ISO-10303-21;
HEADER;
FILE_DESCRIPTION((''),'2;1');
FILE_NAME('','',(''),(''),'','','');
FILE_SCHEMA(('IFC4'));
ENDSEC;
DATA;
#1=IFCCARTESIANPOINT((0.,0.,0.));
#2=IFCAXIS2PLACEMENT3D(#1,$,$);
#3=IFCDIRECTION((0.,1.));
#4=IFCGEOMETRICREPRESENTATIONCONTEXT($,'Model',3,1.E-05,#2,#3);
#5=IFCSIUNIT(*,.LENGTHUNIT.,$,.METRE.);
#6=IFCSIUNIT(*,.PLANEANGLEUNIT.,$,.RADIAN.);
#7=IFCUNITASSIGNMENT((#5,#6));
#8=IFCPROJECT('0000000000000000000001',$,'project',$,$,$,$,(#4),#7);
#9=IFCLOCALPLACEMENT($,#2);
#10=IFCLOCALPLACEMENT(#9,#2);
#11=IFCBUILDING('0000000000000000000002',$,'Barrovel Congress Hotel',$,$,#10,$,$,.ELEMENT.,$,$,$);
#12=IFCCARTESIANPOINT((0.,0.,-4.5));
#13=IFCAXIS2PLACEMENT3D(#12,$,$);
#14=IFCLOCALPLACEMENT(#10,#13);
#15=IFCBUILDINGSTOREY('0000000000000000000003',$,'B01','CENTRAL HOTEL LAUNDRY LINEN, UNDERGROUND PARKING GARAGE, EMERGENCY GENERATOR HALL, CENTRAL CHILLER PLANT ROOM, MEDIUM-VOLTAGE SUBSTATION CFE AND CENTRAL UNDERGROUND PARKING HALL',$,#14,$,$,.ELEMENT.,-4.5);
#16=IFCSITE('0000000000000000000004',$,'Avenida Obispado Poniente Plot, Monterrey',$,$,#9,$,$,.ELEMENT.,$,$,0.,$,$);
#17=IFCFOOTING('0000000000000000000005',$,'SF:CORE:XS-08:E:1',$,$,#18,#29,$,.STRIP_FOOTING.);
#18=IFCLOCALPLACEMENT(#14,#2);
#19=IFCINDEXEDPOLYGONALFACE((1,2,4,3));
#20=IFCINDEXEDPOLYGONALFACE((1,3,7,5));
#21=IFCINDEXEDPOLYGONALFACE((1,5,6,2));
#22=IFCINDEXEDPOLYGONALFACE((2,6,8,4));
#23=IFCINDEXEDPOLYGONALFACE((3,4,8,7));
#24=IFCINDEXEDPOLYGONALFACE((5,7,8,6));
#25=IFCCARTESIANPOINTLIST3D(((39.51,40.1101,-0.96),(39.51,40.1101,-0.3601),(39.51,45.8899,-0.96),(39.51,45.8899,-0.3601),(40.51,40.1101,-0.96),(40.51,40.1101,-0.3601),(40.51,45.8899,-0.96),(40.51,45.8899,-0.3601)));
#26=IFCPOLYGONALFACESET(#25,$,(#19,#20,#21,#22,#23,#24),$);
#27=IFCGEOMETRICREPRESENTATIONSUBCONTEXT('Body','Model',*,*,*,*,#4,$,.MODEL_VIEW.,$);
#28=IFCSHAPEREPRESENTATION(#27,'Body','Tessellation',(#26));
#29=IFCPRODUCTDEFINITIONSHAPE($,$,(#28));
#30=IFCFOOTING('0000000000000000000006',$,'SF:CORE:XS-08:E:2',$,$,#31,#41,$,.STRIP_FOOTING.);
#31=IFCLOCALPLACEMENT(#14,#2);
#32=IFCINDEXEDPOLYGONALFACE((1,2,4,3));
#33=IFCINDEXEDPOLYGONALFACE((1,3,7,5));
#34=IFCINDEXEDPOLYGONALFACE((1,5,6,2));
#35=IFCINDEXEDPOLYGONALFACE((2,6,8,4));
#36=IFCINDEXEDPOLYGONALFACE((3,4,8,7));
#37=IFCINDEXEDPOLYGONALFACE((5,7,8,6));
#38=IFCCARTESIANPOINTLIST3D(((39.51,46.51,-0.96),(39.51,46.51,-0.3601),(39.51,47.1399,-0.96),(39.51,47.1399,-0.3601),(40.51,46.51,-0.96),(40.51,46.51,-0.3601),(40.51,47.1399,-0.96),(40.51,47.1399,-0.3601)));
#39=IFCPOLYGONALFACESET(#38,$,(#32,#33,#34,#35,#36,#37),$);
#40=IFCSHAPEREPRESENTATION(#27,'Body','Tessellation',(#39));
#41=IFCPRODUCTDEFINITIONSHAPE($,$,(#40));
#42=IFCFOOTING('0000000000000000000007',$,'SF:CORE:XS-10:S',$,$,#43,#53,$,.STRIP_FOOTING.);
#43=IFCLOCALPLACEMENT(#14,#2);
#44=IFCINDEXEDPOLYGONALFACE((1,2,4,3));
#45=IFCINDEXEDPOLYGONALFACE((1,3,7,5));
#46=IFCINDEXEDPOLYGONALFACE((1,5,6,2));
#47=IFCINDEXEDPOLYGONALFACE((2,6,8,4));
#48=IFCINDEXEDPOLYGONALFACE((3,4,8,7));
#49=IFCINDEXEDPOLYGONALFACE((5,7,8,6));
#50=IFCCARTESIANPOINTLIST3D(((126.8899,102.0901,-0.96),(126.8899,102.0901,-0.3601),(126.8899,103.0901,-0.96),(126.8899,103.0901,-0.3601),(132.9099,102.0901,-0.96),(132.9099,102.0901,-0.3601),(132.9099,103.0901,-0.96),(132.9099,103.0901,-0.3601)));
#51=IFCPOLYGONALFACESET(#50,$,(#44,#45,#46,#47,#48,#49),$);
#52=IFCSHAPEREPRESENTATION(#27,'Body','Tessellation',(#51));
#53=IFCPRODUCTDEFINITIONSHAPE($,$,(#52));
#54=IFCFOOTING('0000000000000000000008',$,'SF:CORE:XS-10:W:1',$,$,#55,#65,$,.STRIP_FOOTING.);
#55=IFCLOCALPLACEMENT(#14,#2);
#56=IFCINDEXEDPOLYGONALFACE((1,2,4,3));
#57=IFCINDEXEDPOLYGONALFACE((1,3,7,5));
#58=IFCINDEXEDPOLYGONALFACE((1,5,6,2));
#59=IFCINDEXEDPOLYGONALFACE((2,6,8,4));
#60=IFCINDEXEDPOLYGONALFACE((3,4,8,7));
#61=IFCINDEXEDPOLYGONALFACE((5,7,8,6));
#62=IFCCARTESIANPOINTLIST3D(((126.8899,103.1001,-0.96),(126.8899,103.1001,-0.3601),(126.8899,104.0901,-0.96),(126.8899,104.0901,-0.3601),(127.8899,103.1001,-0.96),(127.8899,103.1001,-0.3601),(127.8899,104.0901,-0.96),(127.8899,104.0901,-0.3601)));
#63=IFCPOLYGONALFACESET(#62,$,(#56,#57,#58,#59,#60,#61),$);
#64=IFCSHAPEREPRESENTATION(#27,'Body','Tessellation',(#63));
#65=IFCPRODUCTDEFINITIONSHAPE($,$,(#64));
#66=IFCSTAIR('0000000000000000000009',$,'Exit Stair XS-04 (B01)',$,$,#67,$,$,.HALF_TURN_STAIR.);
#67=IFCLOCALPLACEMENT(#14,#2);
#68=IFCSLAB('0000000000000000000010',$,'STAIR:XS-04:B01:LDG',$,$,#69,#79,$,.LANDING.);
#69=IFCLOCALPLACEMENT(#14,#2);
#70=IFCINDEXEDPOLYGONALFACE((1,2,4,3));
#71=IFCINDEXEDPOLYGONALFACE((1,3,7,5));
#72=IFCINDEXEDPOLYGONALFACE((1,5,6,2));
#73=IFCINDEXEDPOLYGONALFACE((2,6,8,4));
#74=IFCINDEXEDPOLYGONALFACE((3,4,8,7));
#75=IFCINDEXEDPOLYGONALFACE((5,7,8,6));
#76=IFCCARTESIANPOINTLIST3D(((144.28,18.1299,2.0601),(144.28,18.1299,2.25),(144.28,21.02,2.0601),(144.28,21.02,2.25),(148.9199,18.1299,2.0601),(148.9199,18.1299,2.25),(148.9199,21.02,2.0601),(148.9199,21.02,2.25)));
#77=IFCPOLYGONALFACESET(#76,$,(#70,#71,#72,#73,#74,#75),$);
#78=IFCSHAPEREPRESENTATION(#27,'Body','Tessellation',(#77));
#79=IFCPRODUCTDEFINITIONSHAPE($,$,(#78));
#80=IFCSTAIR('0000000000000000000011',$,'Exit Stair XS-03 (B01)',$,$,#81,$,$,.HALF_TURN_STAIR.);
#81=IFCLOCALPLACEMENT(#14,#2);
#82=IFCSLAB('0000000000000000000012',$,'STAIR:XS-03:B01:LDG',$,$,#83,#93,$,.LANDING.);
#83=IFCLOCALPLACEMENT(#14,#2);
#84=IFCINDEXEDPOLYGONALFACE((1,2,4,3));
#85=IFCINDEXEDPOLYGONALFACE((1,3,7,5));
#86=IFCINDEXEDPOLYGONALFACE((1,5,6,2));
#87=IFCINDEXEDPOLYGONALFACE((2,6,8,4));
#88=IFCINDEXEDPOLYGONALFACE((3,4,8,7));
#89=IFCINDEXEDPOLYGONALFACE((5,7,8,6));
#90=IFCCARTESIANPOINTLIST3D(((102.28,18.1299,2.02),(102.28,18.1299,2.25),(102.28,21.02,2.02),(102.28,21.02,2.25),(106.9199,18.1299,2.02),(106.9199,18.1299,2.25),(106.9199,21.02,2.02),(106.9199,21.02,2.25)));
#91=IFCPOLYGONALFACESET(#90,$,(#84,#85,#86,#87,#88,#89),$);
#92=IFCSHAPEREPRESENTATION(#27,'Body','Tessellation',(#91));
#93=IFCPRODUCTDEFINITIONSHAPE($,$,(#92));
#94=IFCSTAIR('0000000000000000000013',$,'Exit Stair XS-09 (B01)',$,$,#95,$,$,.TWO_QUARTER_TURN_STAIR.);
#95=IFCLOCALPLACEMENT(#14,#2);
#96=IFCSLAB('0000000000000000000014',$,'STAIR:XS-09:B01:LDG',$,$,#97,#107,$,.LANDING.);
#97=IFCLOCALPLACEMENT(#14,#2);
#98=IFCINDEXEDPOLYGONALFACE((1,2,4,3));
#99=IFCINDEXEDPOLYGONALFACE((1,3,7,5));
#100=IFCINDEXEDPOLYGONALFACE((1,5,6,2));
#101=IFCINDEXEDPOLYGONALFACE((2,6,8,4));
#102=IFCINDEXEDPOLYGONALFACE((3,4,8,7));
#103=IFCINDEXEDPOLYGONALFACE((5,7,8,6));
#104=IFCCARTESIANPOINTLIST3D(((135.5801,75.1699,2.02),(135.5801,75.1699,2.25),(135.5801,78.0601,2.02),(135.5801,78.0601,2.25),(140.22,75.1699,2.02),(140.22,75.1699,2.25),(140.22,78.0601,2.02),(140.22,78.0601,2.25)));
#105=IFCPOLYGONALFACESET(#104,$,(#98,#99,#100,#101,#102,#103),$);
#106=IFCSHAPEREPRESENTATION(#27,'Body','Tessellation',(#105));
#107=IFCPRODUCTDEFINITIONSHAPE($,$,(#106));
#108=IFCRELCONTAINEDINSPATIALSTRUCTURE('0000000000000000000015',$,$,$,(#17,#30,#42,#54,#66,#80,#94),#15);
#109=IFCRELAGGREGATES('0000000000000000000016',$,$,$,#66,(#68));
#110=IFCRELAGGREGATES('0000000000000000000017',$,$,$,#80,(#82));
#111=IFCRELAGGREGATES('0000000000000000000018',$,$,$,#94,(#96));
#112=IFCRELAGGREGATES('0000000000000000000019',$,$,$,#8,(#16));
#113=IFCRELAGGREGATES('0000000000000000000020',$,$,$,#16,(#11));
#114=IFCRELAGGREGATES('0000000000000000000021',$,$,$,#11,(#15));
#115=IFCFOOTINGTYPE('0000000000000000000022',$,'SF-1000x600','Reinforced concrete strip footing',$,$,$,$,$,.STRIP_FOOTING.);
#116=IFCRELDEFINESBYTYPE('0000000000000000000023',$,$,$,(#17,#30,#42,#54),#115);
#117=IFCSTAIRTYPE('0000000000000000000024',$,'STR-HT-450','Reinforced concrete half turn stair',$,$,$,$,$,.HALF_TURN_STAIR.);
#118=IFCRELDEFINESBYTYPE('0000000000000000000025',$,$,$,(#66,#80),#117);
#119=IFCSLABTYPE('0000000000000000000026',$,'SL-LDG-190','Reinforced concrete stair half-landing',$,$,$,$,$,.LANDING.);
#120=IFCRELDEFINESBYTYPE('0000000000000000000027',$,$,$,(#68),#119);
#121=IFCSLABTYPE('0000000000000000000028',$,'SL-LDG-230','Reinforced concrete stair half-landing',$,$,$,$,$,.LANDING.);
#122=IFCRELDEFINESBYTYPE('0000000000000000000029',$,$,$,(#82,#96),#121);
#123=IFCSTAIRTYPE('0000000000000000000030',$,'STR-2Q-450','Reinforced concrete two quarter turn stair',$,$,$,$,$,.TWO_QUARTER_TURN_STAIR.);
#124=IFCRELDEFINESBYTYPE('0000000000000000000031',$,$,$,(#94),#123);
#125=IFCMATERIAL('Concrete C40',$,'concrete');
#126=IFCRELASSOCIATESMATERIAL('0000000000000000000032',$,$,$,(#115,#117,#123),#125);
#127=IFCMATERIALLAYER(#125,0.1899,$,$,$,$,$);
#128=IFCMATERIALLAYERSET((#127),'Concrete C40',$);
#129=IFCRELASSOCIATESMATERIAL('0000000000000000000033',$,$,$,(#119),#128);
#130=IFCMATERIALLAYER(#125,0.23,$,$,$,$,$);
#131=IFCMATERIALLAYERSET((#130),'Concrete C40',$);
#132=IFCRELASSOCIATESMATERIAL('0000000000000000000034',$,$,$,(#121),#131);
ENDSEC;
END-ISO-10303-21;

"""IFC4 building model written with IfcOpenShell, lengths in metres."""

from ifc_helpers import new_model, si_unit, direction, frame, origin, place, context, subcontext, project, spatial, polyline, outline, extrude, material, layer, layer_set, type_object, element, aggregate, save


model = new_model("IFC4")

# Units and contexts
model_context = context("Model", 3, precision=1e-05, world=origin(), true_north=direction((0.0, 1.0)))
body_context = subcontext(model_context, "Body", "Model", "MODEL_VIEW")
ifc_project = project(units=[si_unit("LENGTHUNIT", "METRE"), si_unit("PLANEANGLEUNIT", "RADIAN")], contexts=[model_context])

# Site, building, storey
site_placement = place(None, origin())
site = spatial("IfcSite", under=ifc_project, at=site_placement, Name="Avenida Obispado Poniente Plot, Monterrey", CompositionType="ELEMENT", RefElevation=0.0)
building_placement = place(site_placement, origin())
building = spatial("IfcBuilding", under=site, at=building_placement, Name="Barrovel Congress Hotel", CompositionType="ELEMENT")
storey_placement = place(building_placement, frame((0.0, 0.0, -4.5)))
storey = spatial("IfcBuildingStorey", under=building, at=storey_placement, Name="B01", Description="CENTRAL HOTEL LAUNDRY LINEN, UNDERGROUND PARKING GARAGE, EMERGENCY GENERATOR HALL, CENTRAL CHILLER PLANT ROOM, MEDIUM-VOLTAGE SUBSTATION CFE AND CENTRAL UNDERGROUND PARKING HALL", CompositionType="ELEMENT", Elevation=-4.5)

# Footings
ifc_material = material(Name="Concrete C40", Category="concrete")
footing_type = type_object("IfcFootingType", Name="SF-1000x600", Description="Reinforced concrete strip footing", PredefinedType="STRIP_FOOTING", material=ifc_material)
footing_1_placement = place(storey_placement, frame((0.0, 0.0, -0.96)))
element("IfcFooting", 1, at=footing_1_placement, inside=storey, type_object=footing_type, Name="SF:CORE:XS-08:E:1", PredefinedType="STRIP_FOOTING", context=body_context, shape_type="SweptSolid", body=[
    extrude(outline(polyline([(39.51, 40.1101), (40.51, 40.1101), (40.51, 45.8899), (39.51, 45.8899), (39.51, 40.1101)])), origin(), (0.0, 0.0, 1.0), 0.5999),
])
footing_2_placement = place(storey_placement, frame((0.0, 0.0, -0.96)))
element("IfcFooting", 2, at=footing_2_placement, inside=storey, type_object=footing_type, Name="SF:CORE:XS-08:E:2", PredefinedType="STRIP_FOOTING", context=body_context, shape_type="SweptSolid", body=[
    extrude(outline(polyline([(39.51, 46.51), (40.51, 46.51), (40.51, 47.1399), (39.51, 47.1399), (39.51, 46.51)])), origin(), (0.0, 0.0, 1.0), 0.5999),
])
footing_3_placement = place(storey_placement, frame((0.0, 0.0, -0.96)))
element("IfcFooting", 3, at=footing_3_placement, inside=storey, type_object=footing_type, Name="SF:CORE:XS-10:S", PredefinedType="STRIP_FOOTING", context=body_context, shape_type="SweptSolid", body=[
    extrude(outline(polyline([(126.8899, 102.0901), (132.9099, 102.0901), (132.9099, 103.0901), (126.8899, 103.0901), (126.8899, 102.0901)])), origin(), (0.0, 0.0, 1.0), 0.5999),
])
footing_4_placement = place(storey_placement, frame((0.0, 0.0, -0.96)))
element("IfcFooting", 4, at=footing_4_placement, inside=storey, type_object=footing_type, Name="SF:CORE:XS-10:W:1", PredefinedType="STRIP_FOOTING", context=body_context, shape_type="SweptSolid", body=[
    extrude(outline(polyline([(126.8899, 103.1001), (127.8899, 103.1001), (127.8899, 104.0901), (126.8899, 104.0901), (126.8899, 103.1001)])), origin(), (0.0, 0.0, 1.0), 0.5999),
])

# Stairs, slabs
stair_type_1 = type_object("IfcStairType", Name="STR-HT-450", Description="Reinforced concrete half turn stair", PredefinedType="HALF_TURN_STAIR", material=ifc_material)
stair_1_placement = place(storey_placement, origin())
stair_1 = element("IfcStair", 5, at=stair_1_placement, inside=storey, type_object=stair_type_1, Name="Exit Stair XS-04 (B01)", PredefinedType="HALF_TURN_STAIR")
ifc_layer_1 = layer(ifc_material, 0.1899)
ifc_layer_set_1 = layer_set([ifc_layer_1], Name="Concrete C40")
slab_type_1 = type_object("IfcSlabType", Name="SL-LDG-190", Description="Reinforced concrete stair half-landing", PredefinedType="LANDING", material=ifc_layer_set_1)
slab_1_placement = place(storey_placement, frame((0.0, 0.0, 2.0601)))
slab_1 = element("IfcSlab", 6, at=slab_1_placement, type_object=slab_type_1, Name="STAIR:XS-04:B01:LDG", PredefinedType="LANDING", context=body_context, shape_type="SweptSolid", body=[
    extrude(outline(polyline([(144.28, 18.1299), (148.9199, 18.1299), (148.9199, 21.02), (144.28, 21.02), (144.28, 18.1299)])), origin(), (0.0, 0.0, 1.0), 0.1899),
])
aggregate(stair_1, [slab_1])
stair_2_placement = place(storey_placement, origin())
stair_2 = element("IfcStair", 7, at=stair_2_placement, inside=storey, type_object=stair_type_1, Name="Exit Stair XS-03 (B01)", PredefinedType="HALF_TURN_STAIR")
ifc_layer_2 = layer(ifc_material, 0.23)
ifc_layer_set_2 = layer_set([ifc_layer_2], Name="Concrete C40")
slab_type_2 = type_object("IfcSlabType", Name="SL-LDG-230", Description="Reinforced concrete stair half-landing", PredefinedType="LANDING", material=ifc_layer_set_2)
slab_2_placement = place(storey_placement, frame((0.0, 0.0, 2.02)))
slab_2 = element("IfcSlab", 8, at=slab_2_placement, type_object=slab_type_2, Name="STAIR:XS-03:B01:LDG", PredefinedType="LANDING", context=body_context, shape_type="SweptSolid", body=[
    extrude(outline(polyline([(102.28, 18.1299), (106.9199, 18.1299), (106.9199, 21.02), (102.28, 21.02), (102.28, 18.1299)])), origin(), (0.0, 0.0, 1.0), 0.23),
])
aggregate(stair_2, [slab_2])
stair_type_2 = type_object("IfcStairType", Name="STR-2Q-450", Description="Reinforced concrete two quarter turn stair", PredefinedType="TWO_QUARTER_TURN_STAIR", material=ifc_material)
stair_3_placement = place(storey_placement, origin())
stair_3 = element("IfcStair", 9, at=stair_3_placement, inside=storey, type_object=stair_type_2, Name="Exit Stair XS-09 (B01)", PredefinedType="TWO_QUARTER_TURN_STAIR")
slab_3_placement = place(storey_placement, frame((0.0, 0.0, 2.02)))
slab_3 = element("IfcSlab", 10, at=slab_3_placement, type_object=slab_type_2, Name="STAIR:XS-09:B01:LDG", PredefinedType="LANDING", context=body_context, shape_type="SweptSolid", body=[
    extrude(outline(polyline([(135.5801, 75.1699), (140.22, 75.1699), (140.22, 78.0601), (135.5801, 78.0601), (135.5801, 75.1699)])), origin(), (0.0, 0.0, 1.0), 0.23),
])
aggregate(stair_3, [slab_3])

save(model, "model.ifc")
